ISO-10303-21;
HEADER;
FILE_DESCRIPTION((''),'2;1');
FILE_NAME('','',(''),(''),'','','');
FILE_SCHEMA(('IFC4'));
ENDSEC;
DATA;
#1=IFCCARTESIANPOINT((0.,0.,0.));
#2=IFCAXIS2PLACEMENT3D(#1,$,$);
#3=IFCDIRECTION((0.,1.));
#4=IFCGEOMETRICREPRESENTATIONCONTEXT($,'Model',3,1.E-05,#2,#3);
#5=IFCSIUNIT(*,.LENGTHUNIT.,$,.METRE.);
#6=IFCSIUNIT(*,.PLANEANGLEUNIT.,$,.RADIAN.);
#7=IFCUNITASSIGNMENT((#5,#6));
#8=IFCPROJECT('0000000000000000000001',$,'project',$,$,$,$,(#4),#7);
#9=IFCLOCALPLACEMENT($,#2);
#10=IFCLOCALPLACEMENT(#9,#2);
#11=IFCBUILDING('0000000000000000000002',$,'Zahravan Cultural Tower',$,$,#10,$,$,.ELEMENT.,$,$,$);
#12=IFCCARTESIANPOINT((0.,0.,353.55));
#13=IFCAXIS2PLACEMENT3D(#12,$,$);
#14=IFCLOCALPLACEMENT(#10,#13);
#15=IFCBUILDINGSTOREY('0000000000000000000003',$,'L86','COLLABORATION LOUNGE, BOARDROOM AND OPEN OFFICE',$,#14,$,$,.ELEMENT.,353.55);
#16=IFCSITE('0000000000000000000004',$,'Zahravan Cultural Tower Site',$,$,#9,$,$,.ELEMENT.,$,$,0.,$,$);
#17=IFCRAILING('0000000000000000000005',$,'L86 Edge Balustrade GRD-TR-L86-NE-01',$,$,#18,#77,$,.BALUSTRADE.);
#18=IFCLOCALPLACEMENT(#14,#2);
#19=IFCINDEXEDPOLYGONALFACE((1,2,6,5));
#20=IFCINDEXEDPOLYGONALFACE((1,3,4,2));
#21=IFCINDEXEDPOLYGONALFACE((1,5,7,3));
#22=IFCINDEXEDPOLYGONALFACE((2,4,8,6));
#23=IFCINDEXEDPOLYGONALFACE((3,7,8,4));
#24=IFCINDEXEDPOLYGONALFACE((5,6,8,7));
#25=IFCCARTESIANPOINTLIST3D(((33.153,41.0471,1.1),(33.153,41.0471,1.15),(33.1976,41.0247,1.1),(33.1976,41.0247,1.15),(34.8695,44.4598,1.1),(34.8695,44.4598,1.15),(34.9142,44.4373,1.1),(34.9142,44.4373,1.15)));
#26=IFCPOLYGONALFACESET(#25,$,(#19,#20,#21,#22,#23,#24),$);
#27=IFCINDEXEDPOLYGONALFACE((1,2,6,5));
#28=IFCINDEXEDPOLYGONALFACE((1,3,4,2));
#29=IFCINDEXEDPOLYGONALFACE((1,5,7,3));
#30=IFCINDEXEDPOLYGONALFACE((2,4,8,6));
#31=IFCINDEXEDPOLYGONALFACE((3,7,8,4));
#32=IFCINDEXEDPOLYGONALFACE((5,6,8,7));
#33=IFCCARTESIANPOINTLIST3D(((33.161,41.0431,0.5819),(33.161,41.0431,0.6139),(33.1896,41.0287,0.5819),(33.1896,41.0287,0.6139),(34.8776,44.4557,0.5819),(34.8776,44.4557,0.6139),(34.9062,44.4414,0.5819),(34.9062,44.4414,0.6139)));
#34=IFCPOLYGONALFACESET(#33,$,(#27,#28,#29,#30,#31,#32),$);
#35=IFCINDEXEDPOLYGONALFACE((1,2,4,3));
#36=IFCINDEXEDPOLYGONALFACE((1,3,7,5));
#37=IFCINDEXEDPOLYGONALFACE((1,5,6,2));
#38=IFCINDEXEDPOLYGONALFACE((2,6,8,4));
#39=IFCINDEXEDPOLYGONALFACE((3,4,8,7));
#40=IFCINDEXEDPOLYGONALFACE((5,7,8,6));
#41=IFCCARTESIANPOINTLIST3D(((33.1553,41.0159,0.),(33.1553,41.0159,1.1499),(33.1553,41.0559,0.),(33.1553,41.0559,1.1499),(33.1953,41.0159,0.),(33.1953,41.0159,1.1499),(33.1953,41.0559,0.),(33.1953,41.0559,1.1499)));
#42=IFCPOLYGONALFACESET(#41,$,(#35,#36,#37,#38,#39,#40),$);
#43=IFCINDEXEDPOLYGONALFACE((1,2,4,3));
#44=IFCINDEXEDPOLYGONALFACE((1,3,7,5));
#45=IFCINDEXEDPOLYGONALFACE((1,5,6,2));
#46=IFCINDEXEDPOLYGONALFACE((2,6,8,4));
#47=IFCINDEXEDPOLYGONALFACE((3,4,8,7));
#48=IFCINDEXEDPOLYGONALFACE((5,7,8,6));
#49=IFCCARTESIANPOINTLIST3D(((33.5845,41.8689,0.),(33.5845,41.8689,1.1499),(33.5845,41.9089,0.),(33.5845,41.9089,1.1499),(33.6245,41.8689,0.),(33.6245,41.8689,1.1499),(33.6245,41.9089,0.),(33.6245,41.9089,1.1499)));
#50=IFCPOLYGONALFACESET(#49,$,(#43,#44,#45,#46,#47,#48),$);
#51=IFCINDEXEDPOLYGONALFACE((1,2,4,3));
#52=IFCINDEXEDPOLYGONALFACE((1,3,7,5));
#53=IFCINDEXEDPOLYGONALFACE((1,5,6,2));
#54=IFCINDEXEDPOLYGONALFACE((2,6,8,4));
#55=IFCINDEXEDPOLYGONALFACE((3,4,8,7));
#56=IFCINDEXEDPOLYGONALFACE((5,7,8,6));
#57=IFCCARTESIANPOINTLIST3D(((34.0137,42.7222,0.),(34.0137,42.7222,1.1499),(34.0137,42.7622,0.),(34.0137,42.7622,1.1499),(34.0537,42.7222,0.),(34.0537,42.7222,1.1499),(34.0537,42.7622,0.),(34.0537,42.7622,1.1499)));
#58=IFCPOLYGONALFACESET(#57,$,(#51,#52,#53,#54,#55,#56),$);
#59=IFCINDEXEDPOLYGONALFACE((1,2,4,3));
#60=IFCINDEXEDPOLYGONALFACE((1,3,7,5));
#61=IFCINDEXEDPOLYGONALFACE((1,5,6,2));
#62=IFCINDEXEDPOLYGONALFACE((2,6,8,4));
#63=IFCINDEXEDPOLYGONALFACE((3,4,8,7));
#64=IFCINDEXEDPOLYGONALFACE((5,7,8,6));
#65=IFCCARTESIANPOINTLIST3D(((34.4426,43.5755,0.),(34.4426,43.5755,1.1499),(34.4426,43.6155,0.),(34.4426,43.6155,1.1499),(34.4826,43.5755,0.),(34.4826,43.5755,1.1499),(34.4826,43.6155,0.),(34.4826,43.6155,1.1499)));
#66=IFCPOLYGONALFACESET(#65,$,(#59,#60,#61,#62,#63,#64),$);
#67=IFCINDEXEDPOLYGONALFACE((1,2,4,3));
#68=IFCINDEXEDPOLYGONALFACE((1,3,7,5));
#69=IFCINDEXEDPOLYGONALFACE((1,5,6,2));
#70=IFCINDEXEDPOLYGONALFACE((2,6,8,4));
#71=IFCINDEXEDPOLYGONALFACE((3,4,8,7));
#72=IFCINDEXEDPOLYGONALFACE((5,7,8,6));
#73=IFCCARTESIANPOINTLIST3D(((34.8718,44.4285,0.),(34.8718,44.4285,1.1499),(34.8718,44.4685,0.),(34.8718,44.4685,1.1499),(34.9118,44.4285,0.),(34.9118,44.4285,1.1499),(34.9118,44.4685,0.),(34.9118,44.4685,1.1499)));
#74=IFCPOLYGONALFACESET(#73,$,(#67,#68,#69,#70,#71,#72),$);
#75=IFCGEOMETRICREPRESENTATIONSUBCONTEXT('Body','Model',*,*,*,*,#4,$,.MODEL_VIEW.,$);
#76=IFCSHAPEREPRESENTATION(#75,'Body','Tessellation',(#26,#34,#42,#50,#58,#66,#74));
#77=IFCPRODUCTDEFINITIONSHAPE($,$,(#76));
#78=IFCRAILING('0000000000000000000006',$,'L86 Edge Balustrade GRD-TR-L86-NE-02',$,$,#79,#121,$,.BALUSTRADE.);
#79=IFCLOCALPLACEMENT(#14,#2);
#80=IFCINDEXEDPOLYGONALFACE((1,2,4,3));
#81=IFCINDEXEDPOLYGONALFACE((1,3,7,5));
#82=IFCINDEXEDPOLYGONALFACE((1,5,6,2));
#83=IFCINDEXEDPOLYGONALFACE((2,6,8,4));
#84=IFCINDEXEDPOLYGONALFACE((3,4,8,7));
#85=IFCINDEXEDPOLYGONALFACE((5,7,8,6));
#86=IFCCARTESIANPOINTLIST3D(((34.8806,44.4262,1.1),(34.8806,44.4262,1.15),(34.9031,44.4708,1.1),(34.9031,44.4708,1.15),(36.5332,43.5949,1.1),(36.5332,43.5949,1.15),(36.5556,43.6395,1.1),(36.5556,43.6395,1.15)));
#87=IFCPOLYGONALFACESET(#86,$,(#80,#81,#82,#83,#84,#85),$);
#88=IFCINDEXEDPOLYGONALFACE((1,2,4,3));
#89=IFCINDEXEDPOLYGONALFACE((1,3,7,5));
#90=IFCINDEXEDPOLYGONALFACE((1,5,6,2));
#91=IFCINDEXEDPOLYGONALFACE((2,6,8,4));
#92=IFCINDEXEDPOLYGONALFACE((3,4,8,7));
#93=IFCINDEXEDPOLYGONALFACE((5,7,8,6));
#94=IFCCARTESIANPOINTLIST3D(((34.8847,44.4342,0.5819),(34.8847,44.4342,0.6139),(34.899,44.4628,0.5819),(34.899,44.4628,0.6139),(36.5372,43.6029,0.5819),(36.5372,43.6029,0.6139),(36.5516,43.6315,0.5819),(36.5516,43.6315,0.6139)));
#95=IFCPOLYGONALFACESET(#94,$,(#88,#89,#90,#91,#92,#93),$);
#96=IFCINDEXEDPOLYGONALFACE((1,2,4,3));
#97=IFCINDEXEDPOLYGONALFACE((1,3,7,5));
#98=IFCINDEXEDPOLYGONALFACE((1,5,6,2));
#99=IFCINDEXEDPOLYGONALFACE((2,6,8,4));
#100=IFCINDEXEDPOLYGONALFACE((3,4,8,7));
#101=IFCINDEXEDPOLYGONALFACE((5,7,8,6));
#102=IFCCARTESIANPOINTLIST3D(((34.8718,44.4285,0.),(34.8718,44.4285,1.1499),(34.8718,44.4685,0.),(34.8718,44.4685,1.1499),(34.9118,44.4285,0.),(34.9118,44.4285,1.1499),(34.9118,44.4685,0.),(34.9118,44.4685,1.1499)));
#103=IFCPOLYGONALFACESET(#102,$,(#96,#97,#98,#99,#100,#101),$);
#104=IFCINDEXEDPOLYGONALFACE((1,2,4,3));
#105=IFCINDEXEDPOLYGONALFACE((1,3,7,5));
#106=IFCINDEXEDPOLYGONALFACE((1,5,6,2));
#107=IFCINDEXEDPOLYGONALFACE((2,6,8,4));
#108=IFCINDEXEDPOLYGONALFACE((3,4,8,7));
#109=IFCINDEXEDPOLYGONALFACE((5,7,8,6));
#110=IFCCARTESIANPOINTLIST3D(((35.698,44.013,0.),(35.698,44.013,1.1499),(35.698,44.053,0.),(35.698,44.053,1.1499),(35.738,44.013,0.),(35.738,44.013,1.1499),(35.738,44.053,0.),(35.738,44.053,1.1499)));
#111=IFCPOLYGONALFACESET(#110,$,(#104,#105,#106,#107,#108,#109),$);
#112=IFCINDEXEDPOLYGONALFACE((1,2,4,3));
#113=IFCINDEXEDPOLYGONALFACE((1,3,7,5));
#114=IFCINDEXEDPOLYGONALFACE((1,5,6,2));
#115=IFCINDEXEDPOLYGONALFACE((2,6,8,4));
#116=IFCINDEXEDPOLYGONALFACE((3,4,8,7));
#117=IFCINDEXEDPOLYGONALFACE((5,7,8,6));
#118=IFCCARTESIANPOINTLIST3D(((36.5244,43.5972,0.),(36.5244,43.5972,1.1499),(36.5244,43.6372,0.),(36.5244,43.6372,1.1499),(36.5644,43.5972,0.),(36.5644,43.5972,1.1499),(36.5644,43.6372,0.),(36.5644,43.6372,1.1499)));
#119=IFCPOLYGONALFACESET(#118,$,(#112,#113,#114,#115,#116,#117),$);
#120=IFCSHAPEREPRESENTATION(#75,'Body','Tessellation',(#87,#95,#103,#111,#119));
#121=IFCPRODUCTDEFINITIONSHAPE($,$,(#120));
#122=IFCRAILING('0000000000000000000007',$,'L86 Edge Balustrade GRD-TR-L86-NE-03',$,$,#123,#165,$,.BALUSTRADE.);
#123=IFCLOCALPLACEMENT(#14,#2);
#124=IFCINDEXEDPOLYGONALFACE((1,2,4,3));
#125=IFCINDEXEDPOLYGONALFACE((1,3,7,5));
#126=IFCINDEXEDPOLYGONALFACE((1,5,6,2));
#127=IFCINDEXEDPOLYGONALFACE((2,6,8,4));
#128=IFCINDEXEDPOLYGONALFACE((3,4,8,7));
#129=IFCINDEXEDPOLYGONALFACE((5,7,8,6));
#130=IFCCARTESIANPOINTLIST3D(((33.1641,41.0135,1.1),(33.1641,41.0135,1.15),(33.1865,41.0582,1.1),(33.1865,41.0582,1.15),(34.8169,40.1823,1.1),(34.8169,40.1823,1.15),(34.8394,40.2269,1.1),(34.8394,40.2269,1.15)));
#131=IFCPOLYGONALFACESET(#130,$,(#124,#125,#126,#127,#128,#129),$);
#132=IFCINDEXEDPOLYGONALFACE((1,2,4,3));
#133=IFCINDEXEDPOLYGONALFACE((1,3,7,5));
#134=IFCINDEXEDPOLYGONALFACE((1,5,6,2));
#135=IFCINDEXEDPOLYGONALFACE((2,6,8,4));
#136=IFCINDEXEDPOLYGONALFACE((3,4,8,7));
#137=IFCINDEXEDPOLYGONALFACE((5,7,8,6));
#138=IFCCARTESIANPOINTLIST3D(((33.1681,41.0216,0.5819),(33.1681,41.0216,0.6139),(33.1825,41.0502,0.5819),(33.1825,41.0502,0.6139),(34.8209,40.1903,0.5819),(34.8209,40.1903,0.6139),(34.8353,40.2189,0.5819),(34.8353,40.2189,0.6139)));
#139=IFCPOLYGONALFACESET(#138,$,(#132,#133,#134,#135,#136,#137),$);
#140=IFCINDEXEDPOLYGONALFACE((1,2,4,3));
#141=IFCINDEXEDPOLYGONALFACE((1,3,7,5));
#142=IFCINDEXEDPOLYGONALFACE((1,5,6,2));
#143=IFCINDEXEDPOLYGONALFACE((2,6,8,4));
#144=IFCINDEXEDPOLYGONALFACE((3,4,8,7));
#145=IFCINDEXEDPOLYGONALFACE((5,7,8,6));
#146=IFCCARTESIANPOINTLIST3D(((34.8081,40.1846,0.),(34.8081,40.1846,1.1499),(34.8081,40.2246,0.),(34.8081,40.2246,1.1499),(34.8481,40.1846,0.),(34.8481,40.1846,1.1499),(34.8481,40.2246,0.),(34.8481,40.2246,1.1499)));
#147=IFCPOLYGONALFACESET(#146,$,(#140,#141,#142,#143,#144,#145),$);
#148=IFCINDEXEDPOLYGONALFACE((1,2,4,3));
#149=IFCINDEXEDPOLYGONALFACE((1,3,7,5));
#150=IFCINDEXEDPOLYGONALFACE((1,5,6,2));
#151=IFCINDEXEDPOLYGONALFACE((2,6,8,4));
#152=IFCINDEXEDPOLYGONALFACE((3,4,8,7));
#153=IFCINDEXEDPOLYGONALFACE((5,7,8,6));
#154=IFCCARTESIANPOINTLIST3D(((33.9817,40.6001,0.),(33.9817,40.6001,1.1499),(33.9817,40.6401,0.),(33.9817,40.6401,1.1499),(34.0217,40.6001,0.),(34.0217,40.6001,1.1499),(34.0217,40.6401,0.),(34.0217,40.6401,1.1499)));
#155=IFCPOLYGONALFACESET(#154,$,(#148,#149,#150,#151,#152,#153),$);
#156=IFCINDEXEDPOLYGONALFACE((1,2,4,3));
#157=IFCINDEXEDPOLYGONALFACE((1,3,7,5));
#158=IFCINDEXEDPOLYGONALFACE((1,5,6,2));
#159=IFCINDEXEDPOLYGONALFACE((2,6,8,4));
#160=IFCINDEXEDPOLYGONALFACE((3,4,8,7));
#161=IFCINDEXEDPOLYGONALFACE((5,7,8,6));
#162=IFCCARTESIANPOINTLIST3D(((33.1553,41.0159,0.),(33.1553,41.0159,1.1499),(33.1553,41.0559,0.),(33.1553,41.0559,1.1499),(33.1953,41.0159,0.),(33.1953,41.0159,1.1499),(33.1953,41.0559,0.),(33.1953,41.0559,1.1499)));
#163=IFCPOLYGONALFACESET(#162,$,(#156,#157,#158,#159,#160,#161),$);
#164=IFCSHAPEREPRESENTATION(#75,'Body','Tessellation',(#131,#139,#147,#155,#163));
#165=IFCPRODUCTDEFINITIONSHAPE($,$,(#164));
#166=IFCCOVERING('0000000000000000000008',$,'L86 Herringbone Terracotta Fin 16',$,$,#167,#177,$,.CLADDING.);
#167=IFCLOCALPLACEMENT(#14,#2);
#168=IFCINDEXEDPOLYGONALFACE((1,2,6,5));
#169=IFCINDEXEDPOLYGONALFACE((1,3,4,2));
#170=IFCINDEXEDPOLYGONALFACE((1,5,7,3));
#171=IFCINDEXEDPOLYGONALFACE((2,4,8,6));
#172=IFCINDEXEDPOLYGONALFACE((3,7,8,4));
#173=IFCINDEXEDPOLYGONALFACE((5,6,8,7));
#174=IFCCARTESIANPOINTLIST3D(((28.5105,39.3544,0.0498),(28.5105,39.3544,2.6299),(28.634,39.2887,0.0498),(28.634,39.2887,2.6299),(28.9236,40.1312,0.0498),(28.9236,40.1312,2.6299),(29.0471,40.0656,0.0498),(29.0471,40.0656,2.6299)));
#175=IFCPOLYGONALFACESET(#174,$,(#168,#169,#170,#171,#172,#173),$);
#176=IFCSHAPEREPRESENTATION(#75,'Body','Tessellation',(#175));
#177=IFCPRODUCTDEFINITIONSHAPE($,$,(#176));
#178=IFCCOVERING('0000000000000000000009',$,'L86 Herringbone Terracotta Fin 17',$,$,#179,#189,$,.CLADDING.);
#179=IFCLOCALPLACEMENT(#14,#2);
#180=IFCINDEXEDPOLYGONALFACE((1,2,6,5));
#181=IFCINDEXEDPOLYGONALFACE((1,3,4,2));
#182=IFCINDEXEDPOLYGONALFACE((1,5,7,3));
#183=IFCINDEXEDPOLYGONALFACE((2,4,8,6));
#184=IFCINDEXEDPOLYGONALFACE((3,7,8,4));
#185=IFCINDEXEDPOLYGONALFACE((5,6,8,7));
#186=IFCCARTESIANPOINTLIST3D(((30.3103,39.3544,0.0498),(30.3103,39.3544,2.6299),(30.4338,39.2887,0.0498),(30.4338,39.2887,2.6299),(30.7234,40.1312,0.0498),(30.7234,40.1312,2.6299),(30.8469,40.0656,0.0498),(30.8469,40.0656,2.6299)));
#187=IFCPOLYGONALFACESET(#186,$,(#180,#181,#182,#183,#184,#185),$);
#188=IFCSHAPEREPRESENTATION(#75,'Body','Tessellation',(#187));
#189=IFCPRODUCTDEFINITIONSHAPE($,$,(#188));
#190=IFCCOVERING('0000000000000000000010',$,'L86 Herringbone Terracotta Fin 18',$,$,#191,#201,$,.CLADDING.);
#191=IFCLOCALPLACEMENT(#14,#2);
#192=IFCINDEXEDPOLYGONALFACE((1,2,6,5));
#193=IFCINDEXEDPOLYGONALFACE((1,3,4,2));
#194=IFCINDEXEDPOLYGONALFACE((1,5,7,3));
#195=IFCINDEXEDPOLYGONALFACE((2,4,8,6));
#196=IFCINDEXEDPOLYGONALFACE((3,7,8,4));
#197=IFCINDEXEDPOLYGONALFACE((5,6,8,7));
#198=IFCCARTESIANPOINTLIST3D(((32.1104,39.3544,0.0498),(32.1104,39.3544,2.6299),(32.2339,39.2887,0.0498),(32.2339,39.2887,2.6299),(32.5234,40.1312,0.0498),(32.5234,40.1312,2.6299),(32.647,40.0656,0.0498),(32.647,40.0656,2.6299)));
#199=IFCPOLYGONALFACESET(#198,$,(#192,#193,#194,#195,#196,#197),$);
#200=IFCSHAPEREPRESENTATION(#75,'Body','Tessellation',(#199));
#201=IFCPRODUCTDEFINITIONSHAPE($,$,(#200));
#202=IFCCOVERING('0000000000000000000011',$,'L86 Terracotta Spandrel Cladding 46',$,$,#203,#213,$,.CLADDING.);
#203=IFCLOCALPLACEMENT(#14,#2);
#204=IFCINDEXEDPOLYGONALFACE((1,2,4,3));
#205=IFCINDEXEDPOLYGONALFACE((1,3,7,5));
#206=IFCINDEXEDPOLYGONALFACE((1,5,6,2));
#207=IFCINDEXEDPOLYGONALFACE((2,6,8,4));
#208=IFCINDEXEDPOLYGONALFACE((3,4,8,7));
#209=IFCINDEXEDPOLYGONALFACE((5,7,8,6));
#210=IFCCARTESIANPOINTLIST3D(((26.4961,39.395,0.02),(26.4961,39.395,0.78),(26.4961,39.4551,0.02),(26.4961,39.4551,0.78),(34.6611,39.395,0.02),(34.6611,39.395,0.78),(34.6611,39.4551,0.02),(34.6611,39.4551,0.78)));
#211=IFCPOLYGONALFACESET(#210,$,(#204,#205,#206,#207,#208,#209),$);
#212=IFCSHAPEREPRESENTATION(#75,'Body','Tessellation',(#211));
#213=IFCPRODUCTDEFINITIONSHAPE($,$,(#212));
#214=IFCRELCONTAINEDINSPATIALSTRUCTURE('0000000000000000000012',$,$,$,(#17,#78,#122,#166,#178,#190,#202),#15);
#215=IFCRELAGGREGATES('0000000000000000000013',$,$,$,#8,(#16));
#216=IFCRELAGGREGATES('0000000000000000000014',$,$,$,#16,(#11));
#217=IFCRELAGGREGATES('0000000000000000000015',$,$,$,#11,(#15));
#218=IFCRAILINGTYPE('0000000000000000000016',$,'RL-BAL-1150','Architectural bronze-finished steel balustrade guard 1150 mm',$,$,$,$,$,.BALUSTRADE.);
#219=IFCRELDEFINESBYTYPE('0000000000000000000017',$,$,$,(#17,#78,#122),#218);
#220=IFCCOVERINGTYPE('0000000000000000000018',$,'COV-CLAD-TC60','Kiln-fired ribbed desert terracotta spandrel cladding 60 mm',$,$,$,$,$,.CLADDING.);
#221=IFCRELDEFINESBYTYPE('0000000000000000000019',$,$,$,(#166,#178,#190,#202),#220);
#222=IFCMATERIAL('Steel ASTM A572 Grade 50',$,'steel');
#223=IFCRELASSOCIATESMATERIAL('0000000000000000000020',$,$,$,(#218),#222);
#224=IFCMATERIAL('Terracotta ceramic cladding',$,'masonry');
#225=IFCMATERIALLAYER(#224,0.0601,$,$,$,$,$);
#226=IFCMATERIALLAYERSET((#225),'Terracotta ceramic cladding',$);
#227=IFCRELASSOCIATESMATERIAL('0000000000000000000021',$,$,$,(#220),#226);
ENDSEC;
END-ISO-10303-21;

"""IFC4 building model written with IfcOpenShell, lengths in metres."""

from ifc_helpers import new_model, si_unit, direction, frame, origin, origin_2d, place, context, subcontext, project, spatial, rectangle, extrude, source, transform, mapped, material, layer, layer_set, type_object, element, save


model = new_model("IFC4")

# Units and contexts
model_context = context("Model", 3, precision=1e-05, world=origin(), true_north=direction((0.0, 1.0)))
body_context = subcontext(model_context, "Body", "Model", "MODEL_VIEW")
ifc_project = project(units=[si_unit("LENGTHUNIT", "METRE"), si_unit("PLANEANGLEUNIT", "RADIAN")], contexts=[model_context])

# Site, building, storey
site_placement = place(None, origin())
site = spatial("IfcSite", under=ifc_project, at=site_placement, Name="Zahravan Cultural Tower Site", CompositionType="ELEMENT", RefElevation=0.0)
building_placement = place(site_placement, origin())
building = spatial("IfcBuilding", under=site, at=building_placement, Name="Zahravan Cultural Tower", CompositionType="ELEMENT")
storey_placement = place(building_placement, frame((0.0, 0.0, 353.55)))
storey = spatial("IfcBuildingStorey", under=building, at=storey_placement, Name="L86", Description="COLLABORATION LOUNGE, BOARDROOM AND OPEN OFFICE", CompositionType="ELEMENT", Elevation=353.55)

# Railings
ifc_material_1 = material(Name="Steel ASTM A572 Grade 50", Category="steel")
railing_type = type_object("IfcRailingType", Name="RL-BAL-1150", Description="Architectural bronze-finished steel balustrade guard 1150 mm", PredefinedType="BALUSTRADE", material=ifc_material_1)
railing_1_placement = place(storey_placement, frame((33.1753, 41.0359, 0.0)))
element("IfcRailing", 1, at=railing_1_placement, inside=storey, type_object=railing_type, Name="L86 Edge Balustrade GRD-TR-L86-NE-01", PredefinedType="BALUSTRADE", context=body_context, shape_type="SweptSolid", body=[
    extrude(rectangle(XDim=0.05, YDim=0.05, at=origin_2d()), frame((0.0, 0.0, 1.125), z_axis=(0.44936, 0.893351, 0.0), x_axis=(-0.893351, 0.44936, 0.0)), (0.0, 0.0, 1.0), 3.8201),
    extrude(rectangle(XDim=0.032, YDim=0.032, at=origin_2d()), frame((0.0, 0.0, 0.5979), z_axis=(0.44936, 0.893351, 0.0), x_axis=(-0.893351, 0.44936, 0.0)), (0.0, 0.0, 1.0), 3.8201),
    extrude(rectangle(XDim=0.04, YDim=0.04, at=origin_2d()), origin(), (0.0, 0.0, 1.0), 1.1499),
    extrude(rectangle(XDim=0.04, YDim=0.04, at=origin_2d()), frame((0.4292, 0.853, 0.0)), (0.0, 0.0, 1.0), 1.1499),
    extrude(rectangle(XDim=0.04, YDim=0.04, at=origin_2d()), frame((0.8584, 1.7063, 0.0)), (0.0, 0.0, 1.0), 1.1499),
    extrude(rectangle(XDim=0.04, YDim=0.04, at=origin_2d()), frame((1.2874, 2.5596, 0.0)), (0.0, 0.0, 1.0), 1.1499),
    extrude(rectangle(XDim=0.04, YDim=0.04, at=origin_2d()), frame((1.7166, 3.4126, 0.0)), (0.0, 0.0, 1.0), 1.1499),
])
railing_2_placement = place(storey_placement, frame((34.8918, 44.4485, 0.0)))
element("IfcRailing", 2, at=railing_2_placement, inside=storey, type_object=railing_type, Name="L86 Edge Balustrade GRD-TR-L86-NE-02", PredefinedType="BALUSTRADE", context=body_context, shape_type="SweptSolid", body=[
    extrude(rectangle(XDim=0.05, YDim=0.05, at=origin_2d()), frame((0.0, 0.0, 1.125), z_axis=(0.893342, -0.449377, 0.0), x_axis=(0.449377, 0.893342, 0.0)), (0.0, 0.0, 1.0), 1.8499),
    extrude(rectangle(XDim=0.032, YDim=0.032, at=origin_2d()), frame((0.0, 0.0, 0.5979), z_axis=(0.893342, -0.449377, 0.0), x_axis=(0.449377, 0.893342, 0.0)), (0.0, 0.0, 1.0), 1.8499),
    extrude(rectangle(XDim=0.04, YDim=0.04, at=origin_2d()), origin(), (0.0, 0.0, 1.0), 1.1499),
    extrude(rectangle(XDim=0.04, YDim=0.04, at=origin_2d()), frame((0.8262, -0.4155, 0.0)), (0.0, 0.0, 1.0), 1.1499),
    extrude(rectangle(XDim=0.04, YDim=0.04, at=origin_2d()), frame((1.6526, -0.8313, 0.0)), (0.0, 0.0, 1.0), 1.1499),
])
railing_3_placement = place(storey_placement, frame((34.8281, 40.2046, 0.0)))
element("IfcRailing", 3, at=railing_3_placement, inside=storey, type_object=railing_type, Name="L86 Edge Balustrade GRD-TR-L86-NE-03", PredefinedType="BALUSTRADE", context=body_context, shape_type="SweptSolid", body=[
    extrude(rectangle(XDim=0.05, YDim=0.05, at=origin_2d()), frame((0.0, 0.0, 1.125), z_axis=(-0.893369, 0.449324, 0.0), x_axis=(-0.449324, -0.893369, 0.0)), (0.0, 0.0, 1.0), 1.8501),
    extrude(rectangle(XDim=0.032, YDim=0.032, at=origin_2d()), frame((0.0, 0.0, 0.5979), z_axis=(-0.893369, 0.449324, 0.0), x_axis=(-0.449324, -0.893369, 0.0)), (0.0, 0.0, 1.0), 1.8501),
    extrude(rectangle(XDim=0.04, YDim=0.04, at=origin_2d()), origin(), (0.0, 0.0, 1.0), 1.1499),
    extrude(rectangle(XDim=0.04, YDim=0.04, at=origin_2d()), frame((-0.8264, 0.4155, 0.0)), (0.0, 0.0, 1.0), 1.1499),
    extrude(rectangle(XDim=0.04, YDim=0.04, at=origin_2d()), frame((-1.6528, 0.8313, 0.0)), (0.0, 0.0, 1.0), 1.1499),
])

# Coverings
ifc_material_2 = material(Name="Terracotta ceramic cladding", Category="masonry")
ifc_layer_1 = layer(ifc_material_2, 0.0601)
ifc_layer_set_1 = layer_set([ifc_layer_1], Name="Terracotta ceramic cladding")
covering_type = type_object("IfcCoveringType", Name="COV-CLAD-TC60", Description="Kiln-fired ribbed desert terracotta spandrel cladding 60 mm", PredefinedType="CLADDING", material=ifc_layer_set_1)
shared_shape_1 = source(origin(), body_context, "Body", "SweptSolid", [
    extrude(rectangle(XDim=0.8799, YDim=0.1399, at=origin_2d()), origin(), (0.0, 0.0, 1.0), 2.5801),
])
for number, where, z_axis, x_axis, name in (
    (4, (28.7788, 39.71, 0.0498), (0.0, 0.0, 1.0), (0.469472, 0.882948, 0.0), "L86 Herringbone Terracotta Fin 16"),
    (5, (30.5786, 39.71, 0.0498), (0.0, 0.0, 1.0), (0.469472, 0.882948, 0.0), "L86 Herringbone Terracotta Fin 17"),
    (6, (32.3787, 39.71, 0.0498), (0.0, 0.0, 1.0), (0.469472, 0.882948, 0.0), "L86 Herringbone Terracotta Fin 18"),
):
    element("IfcCovering", number, at=place(storey_placement, frame(where, z_axis=z_axis, x_axis=x_axis)), inside=storey, type_object=covering_type, Name=name, PredefinedType="CLADDING", context=body_context, shape_type="MappedRepresentation", body=[
        mapped(shared_shape_1, transform((0.0, 0.0, 0.0), x_axis=(1.0, 0.0, 0.0), y_axis=(0.0, 1.0, 0.0), z_axis=(0.0, 0.0, 1.0), scale=1.0)),
    ])
shared_shape_2 = source(origin(), body_context, "Body", "SweptSolid", [
    extrude(rectangle(XDim=8.165, YDim=0.0601, at=origin_2d()), origin(), (0.0, 0.0, 1.0), 0.76),
])
covering_placement = place(storey_placement, frame((30.5786, 39.425, 0.02), z_axis=(0.0, 0.0, 1.0), x_axis=(1.0, 0.0, 0.0)))
element("IfcCovering", 7, at=covering_placement, inside=storey, type_object=covering_type, Name="L86 Terracotta Spandrel Cladding 46", PredefinedType="CLADDING", context=body_context, shape_type="MappedRepresentation", body=[
    mapped(shared_shape_2, transform((0.0, 0.0, 0.0), x_axis=(1.0, 0.0, 0.0), y_axis=(0.0, 1.0, 0.0), z_axis=(0.0, 0.0, 1.0), scale=1.0)),
])

save(model, "model.ifc")
